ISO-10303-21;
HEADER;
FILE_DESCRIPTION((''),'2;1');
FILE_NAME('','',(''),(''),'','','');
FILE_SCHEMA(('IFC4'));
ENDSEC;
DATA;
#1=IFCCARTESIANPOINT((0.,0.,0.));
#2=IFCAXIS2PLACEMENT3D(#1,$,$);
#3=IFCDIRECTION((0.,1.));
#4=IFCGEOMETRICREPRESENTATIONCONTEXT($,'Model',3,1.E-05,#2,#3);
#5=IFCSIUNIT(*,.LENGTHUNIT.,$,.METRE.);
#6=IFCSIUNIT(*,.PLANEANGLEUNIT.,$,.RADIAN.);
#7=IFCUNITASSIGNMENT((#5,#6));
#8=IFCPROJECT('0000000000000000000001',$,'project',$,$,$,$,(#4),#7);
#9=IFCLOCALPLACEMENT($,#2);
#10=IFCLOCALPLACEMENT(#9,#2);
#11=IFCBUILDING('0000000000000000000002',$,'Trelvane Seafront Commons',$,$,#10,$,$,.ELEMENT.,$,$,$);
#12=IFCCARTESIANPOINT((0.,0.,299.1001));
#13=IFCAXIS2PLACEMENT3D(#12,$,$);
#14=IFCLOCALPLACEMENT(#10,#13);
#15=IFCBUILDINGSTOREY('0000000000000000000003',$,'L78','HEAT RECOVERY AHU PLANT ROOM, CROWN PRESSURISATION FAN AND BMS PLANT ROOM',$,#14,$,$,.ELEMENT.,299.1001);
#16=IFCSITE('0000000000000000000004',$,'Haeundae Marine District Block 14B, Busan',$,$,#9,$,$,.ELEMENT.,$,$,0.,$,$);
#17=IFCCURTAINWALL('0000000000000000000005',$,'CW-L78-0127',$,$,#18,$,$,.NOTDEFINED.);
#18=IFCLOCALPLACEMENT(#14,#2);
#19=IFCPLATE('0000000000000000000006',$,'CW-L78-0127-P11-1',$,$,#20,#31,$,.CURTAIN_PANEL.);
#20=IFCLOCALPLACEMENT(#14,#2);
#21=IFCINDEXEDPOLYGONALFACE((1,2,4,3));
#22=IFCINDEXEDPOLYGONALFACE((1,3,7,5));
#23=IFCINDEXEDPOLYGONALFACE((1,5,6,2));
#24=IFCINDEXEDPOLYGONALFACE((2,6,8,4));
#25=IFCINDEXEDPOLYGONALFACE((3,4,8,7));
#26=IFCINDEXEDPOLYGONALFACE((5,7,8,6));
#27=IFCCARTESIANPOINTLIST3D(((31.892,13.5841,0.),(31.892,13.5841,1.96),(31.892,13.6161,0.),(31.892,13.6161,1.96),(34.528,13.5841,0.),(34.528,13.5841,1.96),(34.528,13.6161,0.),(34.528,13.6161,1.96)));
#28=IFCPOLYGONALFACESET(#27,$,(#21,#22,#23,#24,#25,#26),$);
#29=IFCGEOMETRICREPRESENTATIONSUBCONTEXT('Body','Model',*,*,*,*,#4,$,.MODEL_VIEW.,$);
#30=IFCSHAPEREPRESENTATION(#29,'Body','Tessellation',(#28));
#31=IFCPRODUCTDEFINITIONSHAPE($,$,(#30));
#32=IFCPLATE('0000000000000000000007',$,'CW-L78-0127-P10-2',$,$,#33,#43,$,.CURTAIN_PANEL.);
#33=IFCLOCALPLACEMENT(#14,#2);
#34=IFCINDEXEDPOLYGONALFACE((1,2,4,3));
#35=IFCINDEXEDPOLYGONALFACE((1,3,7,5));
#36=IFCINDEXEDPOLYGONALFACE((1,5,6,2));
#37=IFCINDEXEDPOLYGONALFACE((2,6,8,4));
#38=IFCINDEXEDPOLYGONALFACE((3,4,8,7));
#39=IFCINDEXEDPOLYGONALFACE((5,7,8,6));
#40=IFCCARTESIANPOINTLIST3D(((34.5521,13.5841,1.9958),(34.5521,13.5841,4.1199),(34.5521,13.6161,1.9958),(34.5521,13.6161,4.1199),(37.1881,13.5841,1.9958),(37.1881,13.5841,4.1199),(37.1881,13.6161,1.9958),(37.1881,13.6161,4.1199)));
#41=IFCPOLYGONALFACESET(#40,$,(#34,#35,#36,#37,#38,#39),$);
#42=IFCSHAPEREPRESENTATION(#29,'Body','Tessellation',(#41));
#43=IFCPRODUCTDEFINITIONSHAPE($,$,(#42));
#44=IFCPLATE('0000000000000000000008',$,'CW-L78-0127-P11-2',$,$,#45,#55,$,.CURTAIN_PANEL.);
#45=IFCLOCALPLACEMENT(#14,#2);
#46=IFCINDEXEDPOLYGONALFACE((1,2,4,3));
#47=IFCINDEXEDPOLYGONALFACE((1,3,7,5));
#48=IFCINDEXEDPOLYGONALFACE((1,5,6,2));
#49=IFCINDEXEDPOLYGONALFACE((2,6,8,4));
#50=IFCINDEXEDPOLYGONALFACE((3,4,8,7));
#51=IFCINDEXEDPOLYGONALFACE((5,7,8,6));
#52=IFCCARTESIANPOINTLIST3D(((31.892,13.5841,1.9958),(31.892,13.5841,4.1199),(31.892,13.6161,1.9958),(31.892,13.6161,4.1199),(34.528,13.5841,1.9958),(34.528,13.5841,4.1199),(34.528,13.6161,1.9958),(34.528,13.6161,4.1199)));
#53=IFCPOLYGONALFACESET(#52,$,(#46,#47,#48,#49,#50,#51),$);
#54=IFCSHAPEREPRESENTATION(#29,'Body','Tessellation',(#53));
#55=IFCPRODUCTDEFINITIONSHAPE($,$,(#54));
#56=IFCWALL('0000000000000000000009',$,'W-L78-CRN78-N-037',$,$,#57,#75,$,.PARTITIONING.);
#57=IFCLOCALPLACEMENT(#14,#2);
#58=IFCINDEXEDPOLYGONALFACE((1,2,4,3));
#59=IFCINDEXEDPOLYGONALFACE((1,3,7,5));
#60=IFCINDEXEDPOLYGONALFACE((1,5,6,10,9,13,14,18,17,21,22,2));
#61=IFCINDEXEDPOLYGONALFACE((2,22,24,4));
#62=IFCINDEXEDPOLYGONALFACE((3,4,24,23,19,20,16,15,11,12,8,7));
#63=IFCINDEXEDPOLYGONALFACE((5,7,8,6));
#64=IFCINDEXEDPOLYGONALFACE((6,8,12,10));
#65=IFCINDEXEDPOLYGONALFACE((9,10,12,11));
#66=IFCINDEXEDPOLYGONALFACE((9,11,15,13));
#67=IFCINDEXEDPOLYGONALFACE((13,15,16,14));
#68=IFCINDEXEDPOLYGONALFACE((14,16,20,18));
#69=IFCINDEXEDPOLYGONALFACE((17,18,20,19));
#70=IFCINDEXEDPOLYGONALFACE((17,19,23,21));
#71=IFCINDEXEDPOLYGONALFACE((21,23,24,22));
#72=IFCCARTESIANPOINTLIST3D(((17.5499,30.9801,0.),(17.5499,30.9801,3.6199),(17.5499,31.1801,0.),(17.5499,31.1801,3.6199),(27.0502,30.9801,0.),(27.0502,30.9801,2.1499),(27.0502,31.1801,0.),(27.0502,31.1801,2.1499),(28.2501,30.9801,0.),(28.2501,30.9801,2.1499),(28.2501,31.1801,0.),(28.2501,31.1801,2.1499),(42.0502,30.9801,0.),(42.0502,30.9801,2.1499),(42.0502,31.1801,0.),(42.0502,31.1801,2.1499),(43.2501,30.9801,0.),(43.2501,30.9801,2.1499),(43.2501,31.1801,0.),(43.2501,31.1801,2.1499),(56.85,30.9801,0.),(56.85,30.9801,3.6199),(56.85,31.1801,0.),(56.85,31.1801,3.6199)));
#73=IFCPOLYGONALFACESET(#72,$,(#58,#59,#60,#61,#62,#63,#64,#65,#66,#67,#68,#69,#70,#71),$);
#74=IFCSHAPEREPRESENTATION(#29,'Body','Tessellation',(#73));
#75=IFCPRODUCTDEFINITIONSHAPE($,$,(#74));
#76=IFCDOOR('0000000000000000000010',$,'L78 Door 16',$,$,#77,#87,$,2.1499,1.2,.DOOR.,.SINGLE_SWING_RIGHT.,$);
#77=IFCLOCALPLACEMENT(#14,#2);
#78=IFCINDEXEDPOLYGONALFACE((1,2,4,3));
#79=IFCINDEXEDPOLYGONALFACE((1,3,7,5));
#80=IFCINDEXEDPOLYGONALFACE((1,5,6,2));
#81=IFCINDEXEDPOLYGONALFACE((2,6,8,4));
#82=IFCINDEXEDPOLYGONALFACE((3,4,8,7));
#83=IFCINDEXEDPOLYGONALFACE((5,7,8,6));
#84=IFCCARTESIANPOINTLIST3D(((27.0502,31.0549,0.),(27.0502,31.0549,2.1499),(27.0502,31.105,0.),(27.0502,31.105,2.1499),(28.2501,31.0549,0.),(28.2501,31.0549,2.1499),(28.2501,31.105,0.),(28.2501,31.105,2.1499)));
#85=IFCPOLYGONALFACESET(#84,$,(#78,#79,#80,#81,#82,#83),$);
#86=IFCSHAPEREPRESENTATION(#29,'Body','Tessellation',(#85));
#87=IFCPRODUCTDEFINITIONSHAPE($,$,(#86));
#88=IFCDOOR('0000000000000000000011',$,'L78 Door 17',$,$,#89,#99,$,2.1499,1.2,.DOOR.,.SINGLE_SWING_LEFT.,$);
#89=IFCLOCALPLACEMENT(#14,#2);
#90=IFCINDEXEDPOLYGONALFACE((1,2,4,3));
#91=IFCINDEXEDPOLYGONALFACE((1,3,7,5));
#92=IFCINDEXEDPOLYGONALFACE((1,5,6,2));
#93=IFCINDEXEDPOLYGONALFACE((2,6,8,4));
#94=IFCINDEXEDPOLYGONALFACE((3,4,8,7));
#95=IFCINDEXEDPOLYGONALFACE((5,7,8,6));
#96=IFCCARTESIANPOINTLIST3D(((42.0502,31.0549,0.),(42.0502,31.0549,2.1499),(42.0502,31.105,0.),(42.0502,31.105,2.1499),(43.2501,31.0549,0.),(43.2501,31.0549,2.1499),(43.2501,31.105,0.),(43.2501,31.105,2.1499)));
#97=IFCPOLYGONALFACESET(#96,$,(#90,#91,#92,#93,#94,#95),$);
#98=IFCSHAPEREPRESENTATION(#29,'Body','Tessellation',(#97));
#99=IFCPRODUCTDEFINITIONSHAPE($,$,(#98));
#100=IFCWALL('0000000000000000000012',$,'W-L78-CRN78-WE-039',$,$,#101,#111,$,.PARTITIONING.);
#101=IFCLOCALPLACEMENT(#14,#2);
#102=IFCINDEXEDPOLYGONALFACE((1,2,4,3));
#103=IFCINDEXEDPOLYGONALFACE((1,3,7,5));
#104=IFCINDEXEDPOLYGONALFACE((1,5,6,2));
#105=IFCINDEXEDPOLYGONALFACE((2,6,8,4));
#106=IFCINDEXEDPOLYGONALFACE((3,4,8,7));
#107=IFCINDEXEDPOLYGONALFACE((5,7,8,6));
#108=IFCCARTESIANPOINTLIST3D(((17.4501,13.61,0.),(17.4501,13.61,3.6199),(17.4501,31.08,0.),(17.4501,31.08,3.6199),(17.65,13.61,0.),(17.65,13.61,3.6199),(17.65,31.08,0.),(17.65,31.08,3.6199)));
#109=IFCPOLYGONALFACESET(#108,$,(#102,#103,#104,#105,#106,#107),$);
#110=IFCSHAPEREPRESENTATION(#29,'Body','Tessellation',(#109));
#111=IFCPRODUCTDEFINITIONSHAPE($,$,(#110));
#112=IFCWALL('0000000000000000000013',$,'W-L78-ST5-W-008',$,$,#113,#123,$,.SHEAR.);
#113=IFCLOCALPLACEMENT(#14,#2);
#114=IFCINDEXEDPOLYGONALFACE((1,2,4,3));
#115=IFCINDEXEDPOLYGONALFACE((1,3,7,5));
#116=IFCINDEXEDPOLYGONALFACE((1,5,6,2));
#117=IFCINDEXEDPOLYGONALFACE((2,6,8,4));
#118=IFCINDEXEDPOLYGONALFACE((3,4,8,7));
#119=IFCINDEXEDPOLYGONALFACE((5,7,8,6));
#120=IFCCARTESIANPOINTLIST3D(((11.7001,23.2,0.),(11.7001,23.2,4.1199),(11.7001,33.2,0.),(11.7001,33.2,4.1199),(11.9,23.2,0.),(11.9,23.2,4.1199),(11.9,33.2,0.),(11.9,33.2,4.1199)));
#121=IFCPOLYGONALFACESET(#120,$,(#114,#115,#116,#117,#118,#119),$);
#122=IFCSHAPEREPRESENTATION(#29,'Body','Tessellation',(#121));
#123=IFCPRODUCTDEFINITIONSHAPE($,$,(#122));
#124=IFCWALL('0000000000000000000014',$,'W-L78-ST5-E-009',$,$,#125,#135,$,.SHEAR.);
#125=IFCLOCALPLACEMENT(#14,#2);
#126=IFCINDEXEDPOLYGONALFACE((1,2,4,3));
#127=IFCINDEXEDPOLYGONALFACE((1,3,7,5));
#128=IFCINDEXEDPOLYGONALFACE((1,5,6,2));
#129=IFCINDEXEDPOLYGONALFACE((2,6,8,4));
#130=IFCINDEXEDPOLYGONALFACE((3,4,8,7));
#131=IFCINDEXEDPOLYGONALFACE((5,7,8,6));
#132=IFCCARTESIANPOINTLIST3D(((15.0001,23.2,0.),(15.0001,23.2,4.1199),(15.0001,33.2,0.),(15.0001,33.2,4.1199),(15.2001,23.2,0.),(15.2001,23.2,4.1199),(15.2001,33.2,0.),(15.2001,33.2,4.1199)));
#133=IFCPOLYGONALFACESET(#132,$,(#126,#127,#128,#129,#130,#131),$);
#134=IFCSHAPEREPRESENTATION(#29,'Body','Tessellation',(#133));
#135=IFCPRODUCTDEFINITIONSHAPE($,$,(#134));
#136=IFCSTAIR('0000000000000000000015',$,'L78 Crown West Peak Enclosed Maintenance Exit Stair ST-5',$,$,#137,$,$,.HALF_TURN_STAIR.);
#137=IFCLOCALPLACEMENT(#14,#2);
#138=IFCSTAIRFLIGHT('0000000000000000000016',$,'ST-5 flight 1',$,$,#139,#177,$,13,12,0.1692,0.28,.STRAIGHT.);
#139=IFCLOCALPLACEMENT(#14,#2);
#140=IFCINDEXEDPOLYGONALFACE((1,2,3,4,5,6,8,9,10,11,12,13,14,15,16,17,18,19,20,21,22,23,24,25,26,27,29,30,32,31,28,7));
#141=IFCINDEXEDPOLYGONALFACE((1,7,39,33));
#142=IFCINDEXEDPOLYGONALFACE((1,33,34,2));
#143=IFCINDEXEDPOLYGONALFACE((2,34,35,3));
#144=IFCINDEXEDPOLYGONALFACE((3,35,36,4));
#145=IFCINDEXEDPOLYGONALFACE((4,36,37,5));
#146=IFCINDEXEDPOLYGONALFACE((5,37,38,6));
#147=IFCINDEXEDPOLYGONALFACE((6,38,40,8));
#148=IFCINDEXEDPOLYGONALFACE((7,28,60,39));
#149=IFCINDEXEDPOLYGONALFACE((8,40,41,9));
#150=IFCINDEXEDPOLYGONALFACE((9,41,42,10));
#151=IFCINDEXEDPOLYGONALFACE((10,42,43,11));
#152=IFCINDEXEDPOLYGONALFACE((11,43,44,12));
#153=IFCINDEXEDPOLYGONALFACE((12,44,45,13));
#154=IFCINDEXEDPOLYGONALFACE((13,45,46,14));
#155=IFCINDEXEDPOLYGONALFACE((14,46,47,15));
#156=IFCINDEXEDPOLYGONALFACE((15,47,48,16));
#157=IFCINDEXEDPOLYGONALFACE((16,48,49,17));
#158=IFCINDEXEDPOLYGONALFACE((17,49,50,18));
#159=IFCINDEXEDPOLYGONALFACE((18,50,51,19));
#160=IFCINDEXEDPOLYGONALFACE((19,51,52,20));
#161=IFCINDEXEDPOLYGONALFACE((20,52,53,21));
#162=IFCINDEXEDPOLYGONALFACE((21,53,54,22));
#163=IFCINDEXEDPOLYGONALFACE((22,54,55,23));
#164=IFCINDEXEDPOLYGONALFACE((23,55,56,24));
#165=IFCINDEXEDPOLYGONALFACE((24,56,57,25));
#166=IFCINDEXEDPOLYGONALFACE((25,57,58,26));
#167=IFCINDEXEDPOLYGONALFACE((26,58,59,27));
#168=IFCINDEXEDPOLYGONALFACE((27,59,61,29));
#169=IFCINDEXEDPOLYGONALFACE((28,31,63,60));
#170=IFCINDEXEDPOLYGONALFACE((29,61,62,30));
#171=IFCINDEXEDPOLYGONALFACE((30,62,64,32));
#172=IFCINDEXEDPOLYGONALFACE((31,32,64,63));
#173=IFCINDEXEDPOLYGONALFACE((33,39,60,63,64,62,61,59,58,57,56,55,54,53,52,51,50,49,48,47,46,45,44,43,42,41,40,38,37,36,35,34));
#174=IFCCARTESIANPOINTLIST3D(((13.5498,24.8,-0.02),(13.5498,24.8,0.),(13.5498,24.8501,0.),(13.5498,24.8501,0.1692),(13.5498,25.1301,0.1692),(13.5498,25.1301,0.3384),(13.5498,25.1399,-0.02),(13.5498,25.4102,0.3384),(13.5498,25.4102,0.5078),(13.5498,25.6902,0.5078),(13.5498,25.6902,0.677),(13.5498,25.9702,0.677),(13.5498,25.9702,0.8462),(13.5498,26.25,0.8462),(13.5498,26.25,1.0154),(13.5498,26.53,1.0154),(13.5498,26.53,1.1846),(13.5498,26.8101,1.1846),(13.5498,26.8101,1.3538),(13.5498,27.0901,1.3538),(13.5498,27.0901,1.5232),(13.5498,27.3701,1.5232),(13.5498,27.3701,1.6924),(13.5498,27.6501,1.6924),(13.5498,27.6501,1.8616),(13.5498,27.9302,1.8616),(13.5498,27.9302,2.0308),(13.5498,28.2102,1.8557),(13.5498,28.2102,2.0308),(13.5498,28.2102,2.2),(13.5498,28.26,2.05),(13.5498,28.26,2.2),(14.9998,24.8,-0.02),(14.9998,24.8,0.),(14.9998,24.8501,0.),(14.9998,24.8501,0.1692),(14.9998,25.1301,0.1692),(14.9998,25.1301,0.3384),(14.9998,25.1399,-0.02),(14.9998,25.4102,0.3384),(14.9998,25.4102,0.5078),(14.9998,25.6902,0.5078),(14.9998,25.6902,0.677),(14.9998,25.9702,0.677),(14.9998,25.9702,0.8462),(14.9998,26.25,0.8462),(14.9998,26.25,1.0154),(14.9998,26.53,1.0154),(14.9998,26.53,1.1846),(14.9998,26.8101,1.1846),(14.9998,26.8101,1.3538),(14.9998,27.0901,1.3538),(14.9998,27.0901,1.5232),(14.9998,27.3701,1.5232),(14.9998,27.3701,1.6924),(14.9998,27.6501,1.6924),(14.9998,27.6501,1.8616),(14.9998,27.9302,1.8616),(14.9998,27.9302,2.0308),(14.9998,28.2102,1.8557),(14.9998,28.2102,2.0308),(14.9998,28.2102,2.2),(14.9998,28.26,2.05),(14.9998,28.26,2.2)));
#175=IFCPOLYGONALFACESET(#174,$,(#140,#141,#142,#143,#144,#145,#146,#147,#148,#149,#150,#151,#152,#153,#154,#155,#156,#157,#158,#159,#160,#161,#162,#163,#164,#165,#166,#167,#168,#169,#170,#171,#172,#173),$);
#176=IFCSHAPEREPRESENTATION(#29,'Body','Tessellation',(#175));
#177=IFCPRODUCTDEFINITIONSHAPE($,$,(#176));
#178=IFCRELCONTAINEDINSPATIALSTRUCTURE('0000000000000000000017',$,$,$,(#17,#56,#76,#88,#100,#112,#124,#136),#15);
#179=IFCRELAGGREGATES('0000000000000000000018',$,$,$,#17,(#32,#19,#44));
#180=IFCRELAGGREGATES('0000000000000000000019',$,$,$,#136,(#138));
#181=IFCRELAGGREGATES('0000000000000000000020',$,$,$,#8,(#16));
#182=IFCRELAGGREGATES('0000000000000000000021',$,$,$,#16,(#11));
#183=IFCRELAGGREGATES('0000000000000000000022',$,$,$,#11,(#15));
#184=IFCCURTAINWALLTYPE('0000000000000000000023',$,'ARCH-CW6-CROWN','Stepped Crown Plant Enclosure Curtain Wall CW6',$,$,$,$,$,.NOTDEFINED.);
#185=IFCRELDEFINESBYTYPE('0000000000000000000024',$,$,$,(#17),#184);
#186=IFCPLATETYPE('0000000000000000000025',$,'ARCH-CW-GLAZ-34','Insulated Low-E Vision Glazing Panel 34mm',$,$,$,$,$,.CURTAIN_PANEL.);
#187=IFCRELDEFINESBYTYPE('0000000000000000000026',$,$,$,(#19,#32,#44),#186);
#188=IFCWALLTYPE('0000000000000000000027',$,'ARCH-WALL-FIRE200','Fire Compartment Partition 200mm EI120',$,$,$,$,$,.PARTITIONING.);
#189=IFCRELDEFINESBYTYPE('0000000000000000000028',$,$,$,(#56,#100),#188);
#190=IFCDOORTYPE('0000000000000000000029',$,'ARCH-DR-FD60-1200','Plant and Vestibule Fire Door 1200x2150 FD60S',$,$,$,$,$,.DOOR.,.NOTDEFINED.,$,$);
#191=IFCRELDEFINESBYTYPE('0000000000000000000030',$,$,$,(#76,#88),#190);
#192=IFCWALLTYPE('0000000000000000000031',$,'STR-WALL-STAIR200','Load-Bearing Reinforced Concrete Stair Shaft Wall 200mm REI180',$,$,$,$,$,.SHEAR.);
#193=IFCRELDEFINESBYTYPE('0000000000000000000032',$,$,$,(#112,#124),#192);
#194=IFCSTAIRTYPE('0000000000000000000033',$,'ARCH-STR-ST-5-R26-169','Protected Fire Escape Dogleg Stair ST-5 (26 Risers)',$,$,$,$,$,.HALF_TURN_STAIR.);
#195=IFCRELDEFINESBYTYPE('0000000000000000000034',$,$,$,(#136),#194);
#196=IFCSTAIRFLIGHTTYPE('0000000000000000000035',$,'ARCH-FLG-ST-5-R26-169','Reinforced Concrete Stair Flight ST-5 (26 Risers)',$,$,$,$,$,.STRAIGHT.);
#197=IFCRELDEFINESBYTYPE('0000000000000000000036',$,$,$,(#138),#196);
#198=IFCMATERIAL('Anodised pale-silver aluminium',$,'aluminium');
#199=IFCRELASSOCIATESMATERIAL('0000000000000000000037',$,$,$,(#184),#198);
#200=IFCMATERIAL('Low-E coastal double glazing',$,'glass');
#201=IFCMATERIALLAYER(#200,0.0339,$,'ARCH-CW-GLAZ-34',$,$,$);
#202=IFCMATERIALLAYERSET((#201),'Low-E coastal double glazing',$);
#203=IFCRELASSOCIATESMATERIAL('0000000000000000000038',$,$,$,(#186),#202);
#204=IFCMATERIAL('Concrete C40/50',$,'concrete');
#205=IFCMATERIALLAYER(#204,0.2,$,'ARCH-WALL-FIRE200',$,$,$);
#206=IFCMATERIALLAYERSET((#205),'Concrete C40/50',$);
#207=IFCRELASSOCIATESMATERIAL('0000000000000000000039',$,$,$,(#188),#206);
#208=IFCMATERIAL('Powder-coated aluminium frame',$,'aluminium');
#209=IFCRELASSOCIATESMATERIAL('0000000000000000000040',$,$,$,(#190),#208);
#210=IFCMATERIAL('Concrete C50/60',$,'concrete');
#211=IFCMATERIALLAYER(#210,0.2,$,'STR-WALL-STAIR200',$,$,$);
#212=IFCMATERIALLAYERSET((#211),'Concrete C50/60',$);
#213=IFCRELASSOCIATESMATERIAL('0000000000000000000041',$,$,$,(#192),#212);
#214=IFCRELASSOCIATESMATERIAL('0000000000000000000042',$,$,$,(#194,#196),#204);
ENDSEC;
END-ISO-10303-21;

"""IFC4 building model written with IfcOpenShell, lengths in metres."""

from ifc_helpers import new_model, si_unit, direction, frame, frame_2d, origin, origin_2d, place, context, subcontext, project, spatial, polyline, rectangle, outline, extrude, source, transform, mapped, material, layer, layer_set, type_object, element, fill, aggregate, save


model = new_model("IFC4")

# Units and contexts
model_context = context("Model", 3, precision=1e-05, world=origin(), true_north=direction((0.0, 1.0)))
body_context = subcontext(model_context, "Body", "Model", "MODEL_VIEW")
ifc_project = project(units=[si_unit("LENGTHUNIT", "METRE"), si_unit("PLANEANGLEUNIT", "RADIAN")], contexts=[model_context])

# Site, building, storey
site_placement = place(None, origin())
site = spatial("IfcSite", under=ifc_project, at=site_placement, Name="Haeundae Marine District Block 14B, Busan", CompositionType="ELEMENT", RefElevation=0.0)
building_placement = place(site_placement, origin())
building = spatial("IfcBuilding", under=site, at=building_placement, Name="Trelvane Seafront Commons", CompositionType="ELEMENT")
storey_placement = place(building_placement, frame((0.0, 0.0, 299.1001)))
storey = spatial("IfcBuildingStorey", under=building, at=storey_placement, Name="L78", Description="HEAT RECOVERY AHU PLANT ROOM, CROWN PRESSURISATION FAN AND BMS PLANT ROOM", CompositionType="ELEMENT", Elevation=299.1001)

# Curtain wall
ifc_material_1 = material(Name="Anodised pale-silver aluminium", Category="aluminium")
curtain_wall_type = type_object("IfcCurtainWallType", Name="ARCH-CW6-CROWN", Description="Stepped Crown Plant Enclosure Curtain Wall CW6", PredefinedType="NOTDEFINED", material=ifc_material_1)
curtain_wall_placement = place(storey_placement, origin())
curtain_wall = element("IfcCurtainWall", 1, at=curtain_wall_placement, inside=storey, type_object=curtain_wall_type, Name="CW-L78-0127", PredefinedType="NOTDEFINED")

# Plates
ifc_material_2 = material(Name="Low-E coastal double glazing", Category="glass")
ifc_layer_1 = layer(ifc_material_2, 0.0339, Name="ARCH-CW-GLAZ-34")
ifc_layer_set_1 = layer_set([ifc_layer_1], Name="Low-E coastal double glazing")
plate_type_1 = type_object("IfcPlateType", Name="ARCH-CW-GLAZ-34", Description="Insulated Low-E Vision Glazing Panel 34mm", PredefinedType="CURTAIN_PANEL", material=ifc_layer_set_1)
shared_shape_1 = source(origin(), body_context, "Body", "SweptSolid", [
    extrude(rectangle(XDim=2.636, YDim=0.032, at=origin_2d()), origin(), (0.0, 0.0, 1.0), 1.96),
])
plate_1_placement = place(storey_placement, frame((33.21, 13.6001, 0.0), z_axis=(0.0, 0.0, 1.0), x_axis=(-1.0, 0.0, 0.0)))
plate_1 = element("IfcPlate", 2, at=plate_1_placement, type_object=plate_type_1, Name="CW-L78-0127-P11-1", PredefinedType="CURTAIN_PANEL", context=body_context, shape_type="MappedRepresentation", body=[
    mapped(shared_shape_1, transform((0.0, 0.0, 0.0), x_axis=(1.0, 0.0, 0.0), y_axis=(0.0, 1.0, 0.0), z_axis=(0.0, 0.0, 1.0), scale=1.0)),
])
shared_shape_2 = source(origin(), body_context, "Body", "SweptSolid", [
    extrude(rectangle(XDim=2.636, YDim=0.032, at=origin_2d()), origin(), (0.0, 0.0, 1.0), 2.124),
])
plate_2_placement = place(storey_placement, frame((35.8701, 13.6001, 1.9958), z_axis=(0.0, 0.0, 1.0), x_axis=(-1.0, 0.0, 0.0)))
plate_2 = element("IfcPlate", 3, at=plate_2_placement, type_object=plate_type_1, Name="CW-L78-0127-P10-2", PredefinedType="CURTAIN_PANEL", context=body_context, shape_type="MappedRepresentation", body=[
    mapped(shared_shape_2, transform((0.0, 0.0, 0.0), x_axis=(1.0, 0.0, 0.0), y_axis=(0.0, 1.0, 0.0), z_axis=(0.0, 0.0, 1.0), scale=1.0)),
])
plate_3_placement = place(storey_placement, frame((33.21, 13.6001, 1.9958), z_axis=(0.0, 0.0, 1.0), x_axis=(-1.0, 0.0, 0.0)))
plate_3 = element("IfcPlate", 4, at=plate_3_placement, type_object=plate_type_1, Name="CW-L78-0127-P11-2", PredefinedType="CURTAIN_PANEL", context=body_context, shape_type="MappedRepresentation", body=[
    mapped(shared_shape_2, transform((0.0, 0.0, 0.0), x_axis=(1.0, 0.0, 0.0), y_axis=(0.0, 1.0, 0.0), z_axis=(0.0, 0.0, 1.0), scale=1.0)),
])
aggregate(curtain_wall, [plate_2, plate_1, plate_3])

# Wall, openings, doors
ifc_material_3 = material(Name="Concrete C40/50", Category="concrete")
ifc_layer_2 = layer(ifc_material_3, 0.2, Name="ARCH-WALL-FIRE200")
ifc_layer_set_2 = layer_set([ifc_layer_2], Name="Concrete C40/50")
wall_type_1 = type_object("IfcWallType", Name="ARCH-WALL-FIRE200", Description="Fire Compartment Partition 200mm EI120", PredefinedType="PARTITIONING", material=ifc_layer_set_2)
wall_1_placement = place(storey_placement, frame((17.55, 31.0801, 0.0), z_axis=(0.0, 0.0, 1.0), x_axis=(1.0, 0.0, 0.0)))
wall_1 = element("IfcWall", 5, at=wall_1_placement, inside=storey, type_object=wall_type_1, Name="W-L78-CRN78-N-037", PredefinedType="PARTITIONING", context=body_context, shape_type="SweptSolid", body=[
    extrude(rectangle(XDim=39.3, YDim=0.2, at=frame_2d((19.6499, 0.0))), origin(), (0.0, 0.0, 1.0), 3.6199),
])
opening_1_placement = place(wall_1_placement, frame((9.5, 0.0, 0.0)))
opening_1 = element("IfcOpeningElement", 6, at=opening_1_placement, cuts=wall_1, PredefinedType="OPENING", context=body_context, shape_type="SweptSolid", body=[
    extrude(rectangle(XDim=1.2, YDim=2.1499, at=frame_2d((0.6001, 1.075))), frame((0.0, 0.1099, 0.0), z_axis=(0.0, -1.0, 0.0), x_axis=(1.0, 0.0, 0.0)), (0.0, 0.0, 1.0), 0.22),
])
opening_2_placement = place(wall_1_placement, frame((24.5, 0.0, 0.0)))
opening_2 = element("IfcOpeningElement", 7, at=opening_2_placement, cuts=wall_1, PredefinedType="OPENING", context=body_context, shape_type="SweptSolid", body=[
    extrude(rectangle(XDim=1.2, YDim=2.1499, at=frame_2d((0.6001, 1.075))), frame((0.0, 0.1099, 0.0), z_axis=(0.0, -1.0, 0.0), x_axis=(1.0, 0.0, 0.0)), (0.0, 0.0, 1.0), 0.22),
])
ifc_material_4 = material(Name="Powder-coated aluminium frame", Category="aluminium")
door_type_1 = type_object("IfcDoorType", Name="ARCH-DR-FD60-1200", Description="Plant and Vestibule Fire Door 1200x2150 FD60S", OperationType="NOTDEFINED", PredefinedType="DOOR", material=ifc_material_4)
shared_shape_3 = source(origin(), body_context, "Body", "SweptSolid", [
    extrude(rectangle(XDim=1.2, YDim=2.1499, at=frame_2d((0.6001, 1.075))), frame((0.0, 0.0249, 0.0), z_axis=(0.0, -1.0, 0.0), x_axis=(1.0, 0.0, 0.0)), (0.0, 0.0, 1.0), 0.05),
])
door_1_placement = place(opening_1_placement, origin())
door_1 = element("IfcDoor", 8, at=door_1_placement, inside=storey, type_object=door_type_1, Name="L78 Door 16", OperationType="SINGLE_SWING_RIGHT", OverallHeight=2.1499, OverallWidth=1.2, PredefinedType="DOOR", context=body_context, shape_type="MappedRepresentation", body=[
    mapped(shared_shape_3, transform((0.0, 0.0, 0.0), x_axis=(1.0, 0.0, 0.0), y_axis=(0.0, 1.0, 0.0), z_axis=(0.0, 0.0, 1.0), scale=1.0)),
])
fill(opening_1, door_1)
door_2_placement = place(opening_2_placement, origin())
door_2 = element("IfcDoor", 9, at=door_2_placement, inside=storey, type_object=door_type_1, Name="L78 Door 17", OperationType="SINGLE_SWING_LEFT", OverallHeight=2.1499, OverallWidth=1.2, PredefinedType="DOOR", context=body_context, shape_type="MappedRepresentation", body=[
    mapped(shared_shape_3, transform((0.0, 0.0, 0.0), x_axis=(1.0, 0.0, 0.0), y_axis=(0.0, 1.0, 0.0), z_axis=(0.0, 0.0, 1.0), scale=1.0)),
])
fill(opening_2, door_2)

# Walls
wall_2_placement = place(storey_placement, frame((17.55, 13.6101, 0.0), z_axis=(0.0, 0.0, 1.0), x_axis=(0.0, 1.0, 0.0)))
element("IfcWall", 10, at=wall_2_placement, inside=storey, type_object=wall_type_1, Name="W-L78-CRN78-WE-039", PredefinedType="PARTITIONING", context=body_context, shape_type="SweptSolid", body=[
    extrude(rectangle(XDim=17.47, YDim=0.2, at=frame_2d((8.7349, 0.0))), origin(), (0.0, 0.0, 1.0), 3.6199),
])
ifc_material_5 = material(Name="Concrete C50/60", Category="concrete")
ifc_layer_3 = layer(ifc_material_5, 0.2, Name="STR-WALL-STAIR200")
ifc_layer_set_3 = layer_set([ifc_layer_3], Name="Concrete C50/60")
wall_type_2 = type_object("IfcWallType", Name="STR-WALL-STAIR200", Description="Load-Bearing Reinforced Concrete Stair Shaft Wall 200mm REI180", PredefinedType="SHEAR", material=ifc_layer_set_3)
for number, where, z_axis, x_axis, name in (
    (11, (11.8, 23.2, 0.0), (0.0, 0.0, 1.0), (0.0, 1.0, 0.0), "W-L78-ST5-W-008"),
    (12, (15.1001, 23.2, 0.0), (0.0, 0.0, 1.0), (0.0, 1.0, 0.0), "W-L78-ST5-E-009"),
):
    element("IfcWall", number, at=place(storey_placement, frame(where, z_axis=z_axis, x_axis=x_axis)), inside=storey, type_object=wall_type_2, Name=name, PredefinedType="SHEAR", context=body_context, shape_type="SweptSolid", body=[
        extrude(rectangle(XDim=10.0, YDim=0.2, at=frame_2d((5.0, 0.0))), origin(), (0.0, 0.0, 1.0), 4.1199),
    ])

# Stair, stair flight
stair_type = type_object("IfcStairType", Name="ARCH-STR-ST-5-R26-169", Description="Protected Fire Escape Dogleg Stair ST-5 (26 Risers)", PredefinedType="HALF_TURN_STAIR", material=ifc_material_3)
stair_placement = place(storey_placement, origin())
stair = element("IfcStair", 13, at=stair_placement, inside=storey, type_object=stair_type, Name="L78 Crown West Peak Enclosed Maintenance Exit Stair ST-5", PredefinedType="HALF_TURN_STAIR")
stair_flight_type = type_object("IfcStairFlightType", Name="ARCH-FLG-ST-5-R26-169", Description="Reinforced Concrete Stair Flight ST-5 (26 Risers)", PredefinedType="STRAIGHT", material=ifc_material_3)
shared_shape_4 = source(origin(), body_context, "Body", "SweptSolid", [
    extrude(outline(polyline([(-0.05, -0.02), (-0.05, 0.0), (0.0, 0.0), (0.0, 0.1692), (0.28, 0.1692), (0.28, 0.3384), (0.5601, 0.3384), (0.5601, 0.5078), (0.8401, 0.5078), (0.8401, 0.677), (1.1201, 0.677), (1.1201, 0.8462), (1.3999, 0.8462), (1.3999, 1.0154), (1.6799, 1.0154), (1.6799, 1.1846), (1.96, 1.1846), (1.96, 1.3538), (2.24, 1.3538), (2.24, 1.5232), (2.52, 1.5232), (2.52, 1.6924), (2.8, 1.6924), (2.8, 1.8616), (3.0801, 1.8616), (3.0801, 2.0308), (3.3601, 2.0308), (3.3601, 2.2), (3.4099, 2.2), (3.4099, 2.05), (3.3601, 1.8557), (0.2898, -0.02), (-0.05, -0.02)])), frame((0.0, 0.7251, 0.0), z_axis=(0.0, -1.0, 0.0), x_axis=(1.0, 0.0, 0.0)), (0.0, 0.0, 1.0), 1.45),
])
stair_flight_1_placement = place(storey_placement, frame((14.2749, 24.8501, 0.0), z_axis=(0.0, 0.0, 1.0), x_axis=(0.0, 1.0, 0.0)))
stair_flight_1 = element("IfcStairFlight", 14, at=stair_flight_1_placement, type_object=stair_flight_type, Name="ST-5 flight 1", NumberOfRisers=13, NumberOfTreads=12, PredefinedType="STRAIGHT", RiserHeight=0.1692, TreadLength=0.28, context=body_context, shape_type="MappedRepresentation", body=[
    mapped(shared_shape_4, transform((0.0, 0.0, 0.0), x_axis=(1.0, 0.0, 0.0), y_axis=(0.0, 1.0, 0.0), z_axis=(0.0, 0.0, 1.0), scale=1.0)),
])
aggregate(stair, [stair_flight_1])

save(model, "model.ifc")
